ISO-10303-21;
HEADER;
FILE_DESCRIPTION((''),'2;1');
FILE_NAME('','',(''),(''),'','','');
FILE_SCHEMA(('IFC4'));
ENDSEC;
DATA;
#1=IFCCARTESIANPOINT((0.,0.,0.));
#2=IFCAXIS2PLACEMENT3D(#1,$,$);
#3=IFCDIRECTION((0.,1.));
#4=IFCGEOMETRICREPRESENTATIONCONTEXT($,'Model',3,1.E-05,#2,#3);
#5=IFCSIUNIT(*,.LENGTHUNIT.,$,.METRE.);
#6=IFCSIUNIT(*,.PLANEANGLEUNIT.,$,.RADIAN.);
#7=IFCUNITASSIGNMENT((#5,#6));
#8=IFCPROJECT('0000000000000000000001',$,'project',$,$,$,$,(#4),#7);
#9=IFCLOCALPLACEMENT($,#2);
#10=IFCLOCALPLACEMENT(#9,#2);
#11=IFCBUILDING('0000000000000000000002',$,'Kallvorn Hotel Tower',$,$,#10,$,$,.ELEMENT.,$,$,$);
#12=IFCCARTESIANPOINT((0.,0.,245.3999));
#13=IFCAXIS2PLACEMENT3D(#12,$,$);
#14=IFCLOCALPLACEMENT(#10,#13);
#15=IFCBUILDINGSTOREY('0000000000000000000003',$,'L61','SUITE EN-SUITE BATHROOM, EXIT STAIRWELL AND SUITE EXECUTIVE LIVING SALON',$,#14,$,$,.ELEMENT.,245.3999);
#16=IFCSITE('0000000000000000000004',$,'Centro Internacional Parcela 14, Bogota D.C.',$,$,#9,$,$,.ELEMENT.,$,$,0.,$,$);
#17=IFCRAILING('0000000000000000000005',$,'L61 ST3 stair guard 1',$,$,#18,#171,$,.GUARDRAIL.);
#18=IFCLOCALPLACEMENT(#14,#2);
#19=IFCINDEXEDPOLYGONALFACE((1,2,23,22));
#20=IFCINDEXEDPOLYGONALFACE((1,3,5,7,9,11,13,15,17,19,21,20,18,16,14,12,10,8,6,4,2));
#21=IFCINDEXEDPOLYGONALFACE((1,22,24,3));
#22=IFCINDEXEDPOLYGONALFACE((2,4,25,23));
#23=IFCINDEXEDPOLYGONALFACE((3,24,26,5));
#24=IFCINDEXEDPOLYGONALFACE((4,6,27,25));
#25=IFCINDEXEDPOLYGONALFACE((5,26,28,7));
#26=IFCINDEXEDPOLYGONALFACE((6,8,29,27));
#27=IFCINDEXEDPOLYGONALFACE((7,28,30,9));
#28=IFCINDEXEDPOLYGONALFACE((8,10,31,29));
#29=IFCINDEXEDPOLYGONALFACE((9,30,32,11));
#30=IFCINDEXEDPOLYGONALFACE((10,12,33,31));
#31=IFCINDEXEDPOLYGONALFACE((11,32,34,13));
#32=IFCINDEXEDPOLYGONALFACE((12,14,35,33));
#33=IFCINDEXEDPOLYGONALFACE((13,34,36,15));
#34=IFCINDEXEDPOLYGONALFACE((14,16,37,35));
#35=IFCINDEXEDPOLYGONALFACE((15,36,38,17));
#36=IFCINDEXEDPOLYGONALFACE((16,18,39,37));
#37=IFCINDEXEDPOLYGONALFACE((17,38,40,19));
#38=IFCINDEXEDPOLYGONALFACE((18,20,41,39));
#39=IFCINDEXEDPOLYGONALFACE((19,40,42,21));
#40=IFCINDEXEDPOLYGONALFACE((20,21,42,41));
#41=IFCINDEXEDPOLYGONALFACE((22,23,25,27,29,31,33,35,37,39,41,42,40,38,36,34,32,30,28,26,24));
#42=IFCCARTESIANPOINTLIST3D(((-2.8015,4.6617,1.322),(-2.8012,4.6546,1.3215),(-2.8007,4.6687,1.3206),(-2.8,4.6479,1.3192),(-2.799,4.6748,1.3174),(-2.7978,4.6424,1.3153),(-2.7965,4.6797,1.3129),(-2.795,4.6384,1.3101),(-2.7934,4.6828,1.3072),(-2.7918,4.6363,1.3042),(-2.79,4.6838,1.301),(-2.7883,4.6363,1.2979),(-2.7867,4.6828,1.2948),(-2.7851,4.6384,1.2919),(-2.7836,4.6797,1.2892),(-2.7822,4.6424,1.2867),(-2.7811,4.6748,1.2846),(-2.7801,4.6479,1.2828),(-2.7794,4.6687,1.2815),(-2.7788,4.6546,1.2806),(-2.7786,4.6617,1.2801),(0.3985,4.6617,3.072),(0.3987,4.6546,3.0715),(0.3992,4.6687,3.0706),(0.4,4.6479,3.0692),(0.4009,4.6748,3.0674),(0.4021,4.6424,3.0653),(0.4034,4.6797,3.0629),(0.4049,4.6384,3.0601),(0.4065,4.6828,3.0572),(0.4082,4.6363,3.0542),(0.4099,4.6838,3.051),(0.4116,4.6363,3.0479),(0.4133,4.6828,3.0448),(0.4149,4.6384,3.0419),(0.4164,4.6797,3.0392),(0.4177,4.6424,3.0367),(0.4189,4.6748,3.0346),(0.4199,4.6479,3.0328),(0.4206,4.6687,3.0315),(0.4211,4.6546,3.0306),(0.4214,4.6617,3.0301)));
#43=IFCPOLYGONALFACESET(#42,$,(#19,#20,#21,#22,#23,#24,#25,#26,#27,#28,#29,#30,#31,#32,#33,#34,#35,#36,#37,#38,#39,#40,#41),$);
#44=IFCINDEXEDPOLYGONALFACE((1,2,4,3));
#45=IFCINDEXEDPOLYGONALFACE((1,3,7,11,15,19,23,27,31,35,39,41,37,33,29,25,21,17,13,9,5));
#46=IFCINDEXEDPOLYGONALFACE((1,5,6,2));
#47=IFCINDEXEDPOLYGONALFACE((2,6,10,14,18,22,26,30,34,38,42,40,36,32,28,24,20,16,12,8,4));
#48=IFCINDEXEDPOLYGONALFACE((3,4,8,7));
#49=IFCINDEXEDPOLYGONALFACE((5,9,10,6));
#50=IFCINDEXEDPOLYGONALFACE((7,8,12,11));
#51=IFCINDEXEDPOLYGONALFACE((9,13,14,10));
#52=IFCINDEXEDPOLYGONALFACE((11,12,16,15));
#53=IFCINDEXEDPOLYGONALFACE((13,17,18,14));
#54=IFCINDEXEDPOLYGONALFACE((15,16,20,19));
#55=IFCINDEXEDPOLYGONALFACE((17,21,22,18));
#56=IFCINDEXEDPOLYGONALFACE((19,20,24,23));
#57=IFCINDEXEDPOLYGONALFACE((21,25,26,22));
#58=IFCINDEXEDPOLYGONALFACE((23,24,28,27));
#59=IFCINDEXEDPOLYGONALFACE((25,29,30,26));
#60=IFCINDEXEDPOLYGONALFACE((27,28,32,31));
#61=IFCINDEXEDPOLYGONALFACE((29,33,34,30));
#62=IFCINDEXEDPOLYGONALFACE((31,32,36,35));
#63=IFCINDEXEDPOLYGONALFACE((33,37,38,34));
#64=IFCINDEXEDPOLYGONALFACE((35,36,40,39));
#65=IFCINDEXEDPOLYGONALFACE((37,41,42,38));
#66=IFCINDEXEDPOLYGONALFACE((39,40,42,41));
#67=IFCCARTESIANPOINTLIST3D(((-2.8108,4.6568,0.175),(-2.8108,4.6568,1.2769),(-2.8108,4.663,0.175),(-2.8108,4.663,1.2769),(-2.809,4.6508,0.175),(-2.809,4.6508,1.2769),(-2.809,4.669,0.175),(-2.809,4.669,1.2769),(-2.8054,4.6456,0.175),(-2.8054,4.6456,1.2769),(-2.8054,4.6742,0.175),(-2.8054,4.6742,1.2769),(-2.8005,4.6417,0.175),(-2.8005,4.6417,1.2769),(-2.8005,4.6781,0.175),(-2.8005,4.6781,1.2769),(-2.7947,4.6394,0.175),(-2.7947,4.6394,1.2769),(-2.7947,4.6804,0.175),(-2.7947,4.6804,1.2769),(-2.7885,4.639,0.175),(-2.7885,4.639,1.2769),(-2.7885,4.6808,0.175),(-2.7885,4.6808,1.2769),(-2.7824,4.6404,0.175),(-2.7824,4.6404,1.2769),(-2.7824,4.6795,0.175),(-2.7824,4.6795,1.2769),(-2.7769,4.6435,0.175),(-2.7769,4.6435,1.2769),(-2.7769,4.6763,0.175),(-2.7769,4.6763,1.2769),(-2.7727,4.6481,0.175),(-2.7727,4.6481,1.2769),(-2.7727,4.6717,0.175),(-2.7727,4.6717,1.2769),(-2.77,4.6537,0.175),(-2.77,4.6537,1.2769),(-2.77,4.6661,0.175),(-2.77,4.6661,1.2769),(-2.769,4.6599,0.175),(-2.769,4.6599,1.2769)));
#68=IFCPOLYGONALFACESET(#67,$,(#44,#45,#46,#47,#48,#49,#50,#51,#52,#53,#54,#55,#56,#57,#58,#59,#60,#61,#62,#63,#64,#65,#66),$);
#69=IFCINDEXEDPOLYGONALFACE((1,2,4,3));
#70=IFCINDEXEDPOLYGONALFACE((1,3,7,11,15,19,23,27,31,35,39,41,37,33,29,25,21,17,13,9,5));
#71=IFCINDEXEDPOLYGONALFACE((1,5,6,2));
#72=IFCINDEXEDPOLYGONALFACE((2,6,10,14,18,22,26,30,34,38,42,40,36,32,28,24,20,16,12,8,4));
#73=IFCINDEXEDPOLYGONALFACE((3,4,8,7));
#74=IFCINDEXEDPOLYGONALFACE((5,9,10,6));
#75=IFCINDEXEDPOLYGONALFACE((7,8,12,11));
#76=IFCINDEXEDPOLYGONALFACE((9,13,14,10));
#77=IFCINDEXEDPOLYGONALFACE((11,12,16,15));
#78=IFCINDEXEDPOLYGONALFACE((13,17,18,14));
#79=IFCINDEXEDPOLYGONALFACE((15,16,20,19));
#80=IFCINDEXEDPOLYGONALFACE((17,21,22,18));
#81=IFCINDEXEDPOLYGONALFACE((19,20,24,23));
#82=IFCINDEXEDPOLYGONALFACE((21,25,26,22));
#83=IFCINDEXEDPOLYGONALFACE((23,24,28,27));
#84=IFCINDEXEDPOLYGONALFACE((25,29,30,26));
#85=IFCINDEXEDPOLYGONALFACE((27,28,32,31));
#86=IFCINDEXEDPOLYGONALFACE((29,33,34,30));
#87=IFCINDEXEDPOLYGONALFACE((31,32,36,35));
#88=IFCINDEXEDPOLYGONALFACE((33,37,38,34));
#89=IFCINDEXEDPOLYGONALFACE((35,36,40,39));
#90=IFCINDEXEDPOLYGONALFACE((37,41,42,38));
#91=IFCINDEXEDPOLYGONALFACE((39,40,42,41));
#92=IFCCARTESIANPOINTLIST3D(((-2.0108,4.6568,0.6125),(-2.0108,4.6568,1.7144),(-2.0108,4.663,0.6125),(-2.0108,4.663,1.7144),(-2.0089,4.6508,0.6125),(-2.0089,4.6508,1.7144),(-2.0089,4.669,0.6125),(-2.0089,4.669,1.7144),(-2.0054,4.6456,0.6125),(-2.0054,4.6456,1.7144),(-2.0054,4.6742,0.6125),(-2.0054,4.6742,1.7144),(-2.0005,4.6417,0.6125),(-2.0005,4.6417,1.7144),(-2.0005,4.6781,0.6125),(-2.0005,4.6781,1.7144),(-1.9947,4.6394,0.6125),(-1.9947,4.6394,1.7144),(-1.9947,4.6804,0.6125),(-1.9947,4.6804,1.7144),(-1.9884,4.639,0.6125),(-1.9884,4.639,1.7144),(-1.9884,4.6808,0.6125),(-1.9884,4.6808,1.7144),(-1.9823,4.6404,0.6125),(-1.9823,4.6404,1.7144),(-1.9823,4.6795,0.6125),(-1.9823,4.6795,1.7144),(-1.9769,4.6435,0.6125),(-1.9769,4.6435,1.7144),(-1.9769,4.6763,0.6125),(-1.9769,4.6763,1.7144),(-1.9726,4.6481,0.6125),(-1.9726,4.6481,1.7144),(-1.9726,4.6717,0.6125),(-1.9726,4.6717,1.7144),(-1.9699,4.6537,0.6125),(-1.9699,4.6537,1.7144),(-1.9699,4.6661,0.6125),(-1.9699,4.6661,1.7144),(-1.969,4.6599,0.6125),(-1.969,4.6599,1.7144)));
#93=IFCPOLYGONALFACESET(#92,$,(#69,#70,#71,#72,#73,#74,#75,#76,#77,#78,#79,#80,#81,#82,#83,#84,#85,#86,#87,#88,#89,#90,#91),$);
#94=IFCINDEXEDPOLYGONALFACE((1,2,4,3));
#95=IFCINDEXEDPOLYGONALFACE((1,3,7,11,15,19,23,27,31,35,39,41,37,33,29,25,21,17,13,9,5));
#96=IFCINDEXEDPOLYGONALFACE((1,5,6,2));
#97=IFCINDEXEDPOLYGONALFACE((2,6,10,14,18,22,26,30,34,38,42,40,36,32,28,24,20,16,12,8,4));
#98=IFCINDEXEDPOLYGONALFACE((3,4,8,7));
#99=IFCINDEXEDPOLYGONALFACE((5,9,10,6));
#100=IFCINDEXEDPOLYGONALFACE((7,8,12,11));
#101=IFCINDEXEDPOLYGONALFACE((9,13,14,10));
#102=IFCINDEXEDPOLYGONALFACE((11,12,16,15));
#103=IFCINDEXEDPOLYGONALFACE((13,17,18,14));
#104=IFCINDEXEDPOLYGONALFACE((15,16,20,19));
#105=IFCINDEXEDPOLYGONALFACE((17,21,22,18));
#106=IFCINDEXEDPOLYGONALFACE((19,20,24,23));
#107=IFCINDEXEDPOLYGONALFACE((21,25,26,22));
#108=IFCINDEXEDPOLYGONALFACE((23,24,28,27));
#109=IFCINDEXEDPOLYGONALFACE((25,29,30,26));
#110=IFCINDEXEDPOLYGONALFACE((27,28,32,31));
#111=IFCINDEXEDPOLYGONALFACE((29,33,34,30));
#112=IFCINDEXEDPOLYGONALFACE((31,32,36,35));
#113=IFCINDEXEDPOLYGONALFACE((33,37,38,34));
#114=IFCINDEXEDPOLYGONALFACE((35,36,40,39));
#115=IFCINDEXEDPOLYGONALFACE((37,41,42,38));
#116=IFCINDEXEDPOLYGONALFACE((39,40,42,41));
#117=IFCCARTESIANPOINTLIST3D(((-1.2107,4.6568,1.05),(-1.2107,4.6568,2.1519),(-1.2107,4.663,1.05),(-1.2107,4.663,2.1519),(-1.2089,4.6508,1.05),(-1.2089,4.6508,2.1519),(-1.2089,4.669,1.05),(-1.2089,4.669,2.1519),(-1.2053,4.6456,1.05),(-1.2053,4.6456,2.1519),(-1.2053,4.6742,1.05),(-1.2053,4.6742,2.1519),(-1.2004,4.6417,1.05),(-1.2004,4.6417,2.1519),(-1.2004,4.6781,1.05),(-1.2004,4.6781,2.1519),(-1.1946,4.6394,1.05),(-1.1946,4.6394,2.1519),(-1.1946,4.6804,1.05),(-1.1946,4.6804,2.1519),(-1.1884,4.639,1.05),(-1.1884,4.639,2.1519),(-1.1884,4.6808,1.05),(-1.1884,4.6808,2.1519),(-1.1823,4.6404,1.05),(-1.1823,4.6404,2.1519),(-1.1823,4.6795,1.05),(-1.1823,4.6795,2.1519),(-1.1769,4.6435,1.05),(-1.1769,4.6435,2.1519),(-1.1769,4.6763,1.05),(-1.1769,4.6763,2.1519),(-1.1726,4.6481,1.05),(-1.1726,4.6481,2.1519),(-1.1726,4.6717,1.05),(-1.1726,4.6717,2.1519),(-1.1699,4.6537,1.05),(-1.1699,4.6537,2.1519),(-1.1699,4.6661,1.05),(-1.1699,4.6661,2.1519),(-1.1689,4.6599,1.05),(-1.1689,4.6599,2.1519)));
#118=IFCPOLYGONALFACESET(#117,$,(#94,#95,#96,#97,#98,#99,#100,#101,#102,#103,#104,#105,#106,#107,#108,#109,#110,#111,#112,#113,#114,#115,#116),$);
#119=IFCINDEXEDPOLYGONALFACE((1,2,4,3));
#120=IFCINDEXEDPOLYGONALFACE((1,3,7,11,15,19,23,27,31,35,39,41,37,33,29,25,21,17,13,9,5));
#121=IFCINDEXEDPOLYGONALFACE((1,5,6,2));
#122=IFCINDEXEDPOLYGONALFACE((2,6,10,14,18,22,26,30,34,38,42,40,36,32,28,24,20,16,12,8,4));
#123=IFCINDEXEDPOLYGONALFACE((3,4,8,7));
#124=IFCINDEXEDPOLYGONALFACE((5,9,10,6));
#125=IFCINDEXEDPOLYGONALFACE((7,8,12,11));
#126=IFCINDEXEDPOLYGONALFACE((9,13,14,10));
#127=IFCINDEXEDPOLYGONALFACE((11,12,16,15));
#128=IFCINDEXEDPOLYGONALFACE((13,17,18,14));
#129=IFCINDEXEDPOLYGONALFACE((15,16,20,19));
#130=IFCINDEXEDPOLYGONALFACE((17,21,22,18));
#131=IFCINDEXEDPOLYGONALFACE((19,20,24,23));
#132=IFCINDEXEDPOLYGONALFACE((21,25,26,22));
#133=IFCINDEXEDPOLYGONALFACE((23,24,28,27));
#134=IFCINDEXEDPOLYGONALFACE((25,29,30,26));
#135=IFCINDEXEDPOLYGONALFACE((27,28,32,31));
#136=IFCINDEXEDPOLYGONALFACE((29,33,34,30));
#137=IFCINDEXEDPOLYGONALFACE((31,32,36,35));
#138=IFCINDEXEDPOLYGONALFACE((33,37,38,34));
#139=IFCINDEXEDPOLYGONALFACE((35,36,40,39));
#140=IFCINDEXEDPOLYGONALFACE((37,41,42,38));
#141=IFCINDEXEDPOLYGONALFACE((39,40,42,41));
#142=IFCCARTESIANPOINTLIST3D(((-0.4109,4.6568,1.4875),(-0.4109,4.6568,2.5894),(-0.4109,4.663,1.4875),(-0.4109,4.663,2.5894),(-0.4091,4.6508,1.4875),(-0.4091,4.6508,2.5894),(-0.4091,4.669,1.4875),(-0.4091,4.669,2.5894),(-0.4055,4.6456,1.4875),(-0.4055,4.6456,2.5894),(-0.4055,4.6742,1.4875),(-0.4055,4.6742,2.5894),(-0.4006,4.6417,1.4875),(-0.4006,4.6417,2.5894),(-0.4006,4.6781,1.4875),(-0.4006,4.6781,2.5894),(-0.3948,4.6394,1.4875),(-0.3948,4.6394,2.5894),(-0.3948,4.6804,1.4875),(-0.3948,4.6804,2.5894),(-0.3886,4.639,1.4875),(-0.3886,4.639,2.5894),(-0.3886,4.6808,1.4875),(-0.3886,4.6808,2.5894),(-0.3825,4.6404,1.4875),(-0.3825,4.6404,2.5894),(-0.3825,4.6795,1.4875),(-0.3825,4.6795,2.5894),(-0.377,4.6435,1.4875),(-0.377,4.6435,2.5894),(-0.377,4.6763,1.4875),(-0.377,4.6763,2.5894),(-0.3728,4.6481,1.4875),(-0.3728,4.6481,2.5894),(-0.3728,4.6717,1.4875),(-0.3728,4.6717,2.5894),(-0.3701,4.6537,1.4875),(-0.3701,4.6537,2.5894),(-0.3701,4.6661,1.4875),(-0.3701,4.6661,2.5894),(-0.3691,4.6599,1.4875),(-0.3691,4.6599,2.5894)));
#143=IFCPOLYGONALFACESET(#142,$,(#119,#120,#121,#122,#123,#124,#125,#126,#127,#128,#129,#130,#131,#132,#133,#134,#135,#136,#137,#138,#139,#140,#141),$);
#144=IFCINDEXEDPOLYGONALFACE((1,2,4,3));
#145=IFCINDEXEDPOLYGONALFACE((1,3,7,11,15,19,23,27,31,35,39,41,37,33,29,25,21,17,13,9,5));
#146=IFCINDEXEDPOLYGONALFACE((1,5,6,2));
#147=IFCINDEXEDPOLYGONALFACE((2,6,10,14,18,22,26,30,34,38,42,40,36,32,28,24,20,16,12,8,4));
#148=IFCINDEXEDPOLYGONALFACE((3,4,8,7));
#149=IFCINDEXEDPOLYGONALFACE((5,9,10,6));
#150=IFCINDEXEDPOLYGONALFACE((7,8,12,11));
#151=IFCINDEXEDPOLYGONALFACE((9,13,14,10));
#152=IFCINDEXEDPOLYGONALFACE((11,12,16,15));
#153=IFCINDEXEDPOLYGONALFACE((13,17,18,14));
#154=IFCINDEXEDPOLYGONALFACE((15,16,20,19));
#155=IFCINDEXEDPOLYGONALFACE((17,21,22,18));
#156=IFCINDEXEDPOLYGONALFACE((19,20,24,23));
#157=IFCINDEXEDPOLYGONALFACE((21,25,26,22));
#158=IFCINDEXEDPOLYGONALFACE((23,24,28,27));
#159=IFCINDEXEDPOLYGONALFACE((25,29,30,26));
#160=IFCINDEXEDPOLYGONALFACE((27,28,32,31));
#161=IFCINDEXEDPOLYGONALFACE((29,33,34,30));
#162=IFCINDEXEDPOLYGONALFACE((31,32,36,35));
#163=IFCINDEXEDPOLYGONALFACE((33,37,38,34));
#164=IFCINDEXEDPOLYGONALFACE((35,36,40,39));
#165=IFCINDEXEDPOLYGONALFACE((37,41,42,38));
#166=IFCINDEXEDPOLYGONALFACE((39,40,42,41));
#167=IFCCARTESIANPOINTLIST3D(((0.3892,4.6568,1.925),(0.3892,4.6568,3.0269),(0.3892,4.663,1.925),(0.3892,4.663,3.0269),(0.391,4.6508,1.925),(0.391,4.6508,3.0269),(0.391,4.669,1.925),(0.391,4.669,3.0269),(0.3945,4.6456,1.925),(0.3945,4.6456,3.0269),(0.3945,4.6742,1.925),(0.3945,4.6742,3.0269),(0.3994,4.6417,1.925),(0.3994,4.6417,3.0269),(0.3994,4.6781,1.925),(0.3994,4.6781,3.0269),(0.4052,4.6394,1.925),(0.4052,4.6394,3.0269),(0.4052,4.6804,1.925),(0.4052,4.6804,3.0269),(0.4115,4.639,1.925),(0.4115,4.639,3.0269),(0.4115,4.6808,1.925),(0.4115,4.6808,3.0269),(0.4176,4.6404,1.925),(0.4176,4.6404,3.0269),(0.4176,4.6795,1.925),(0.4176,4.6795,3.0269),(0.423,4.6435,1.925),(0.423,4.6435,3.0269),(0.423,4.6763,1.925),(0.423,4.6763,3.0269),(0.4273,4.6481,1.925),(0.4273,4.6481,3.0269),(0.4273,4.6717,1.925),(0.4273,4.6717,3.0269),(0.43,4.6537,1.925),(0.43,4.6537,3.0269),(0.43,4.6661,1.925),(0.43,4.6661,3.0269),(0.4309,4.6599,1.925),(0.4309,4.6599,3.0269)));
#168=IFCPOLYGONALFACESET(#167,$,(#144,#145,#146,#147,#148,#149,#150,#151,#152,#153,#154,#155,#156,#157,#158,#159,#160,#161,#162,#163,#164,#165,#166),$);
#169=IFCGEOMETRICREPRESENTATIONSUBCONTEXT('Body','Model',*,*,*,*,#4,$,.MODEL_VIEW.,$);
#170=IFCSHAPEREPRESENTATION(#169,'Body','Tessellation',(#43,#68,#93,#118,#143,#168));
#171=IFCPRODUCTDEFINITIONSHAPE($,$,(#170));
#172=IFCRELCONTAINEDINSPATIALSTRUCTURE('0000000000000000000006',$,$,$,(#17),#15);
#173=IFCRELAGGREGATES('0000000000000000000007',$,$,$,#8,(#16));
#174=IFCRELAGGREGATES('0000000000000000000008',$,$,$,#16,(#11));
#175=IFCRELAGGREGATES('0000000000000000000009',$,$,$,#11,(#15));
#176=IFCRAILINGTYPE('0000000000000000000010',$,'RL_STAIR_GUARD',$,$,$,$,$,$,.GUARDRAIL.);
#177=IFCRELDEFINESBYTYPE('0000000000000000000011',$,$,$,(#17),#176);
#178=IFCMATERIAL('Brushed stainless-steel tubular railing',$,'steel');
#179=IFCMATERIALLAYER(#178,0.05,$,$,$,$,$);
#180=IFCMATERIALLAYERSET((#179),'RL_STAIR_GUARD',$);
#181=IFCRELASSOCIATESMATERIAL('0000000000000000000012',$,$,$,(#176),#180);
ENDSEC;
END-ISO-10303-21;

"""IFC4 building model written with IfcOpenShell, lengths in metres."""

from ifc_helpers import new_model, si_unit, direction, frame, origin, origin_2d, place, context, subcontext, project, spatial, circle, extrude, material, layer, layer_set, type_object, element, save


model = new_model("IFC4")

# Units and contexts
model_context = context("Model", 3, precision=1e-05, world=origin(), true_north=direction((0.0, 1.0)))
body_context = subcontext(model_context, "Body", "Model", "MODEL_VIEW")
ifc_project = project(units=[si_unit("LENGTHUNIT", "METRE"), si_unit("PLANEANGLEUNIT", "RADIAN")], contexts=[model_context])

# Site, building, storey
site_placement = place(None, origin())
site = spatial("IfcSite", under=ifc_project, at=site_placement, Name="Centro Internacional Parcela 14, Bogota D.C.", CompositionType="ELEMENT", RefElevation=0.0)
building_placement = place(site_placement, origin())
building = spatial("IfcBuilding", under=site, at=building_placement, Name="Kallvorn Hotel Tower", CompositionType="ELEMENT")
storey_placement = place(building_placement, frame((0.0, 0.0, 245.3999)))
storey = spatial("IfcBuildingStorey", under=building, at=storey_placement, Name="L61", Description="SUITE EN-SUITE BATHROOM, EXIT STAIRWELL AND SUITE EXECUTIVE LIVING SALON", CompositionType="ELEMENT", Elevation=245.3999)

# Railing
ifc_material_1 = material(Name="Brushed stainless-steel tubular railing", Category="steel")
ifc_layer_1 = layer(ifc_material_1, 0.05)
ifc_layer_set_1 = layer_set([ifc_layer_1], Name="RL_STAIR_GUARD")
railing_type_1 = type_object("IfcRailingType", Name="RL_STAIR_GUARD", PredefinedType="GUARDRAIL", material=ifc_layer_set_1)
railing_1_placement = place(storey_placement, frame((-2.79, 4.6599, 0.175)))
element("IfcRailing", 1, at=railing_1_placement, inside=storey, type_object=railing_type_1, Name="L61 ST3 stair guard 1", PredefinedType="GUARDRAIL", context=body_context, shape_type="SweptSolid", body=[
    extrude(circle(Radius=0.0239, at=origin_2d()), frame((0.0, 0.0, 1.126), z_axis=(0.877368, 0.0, 0.479818), x_axis=(0.0, 1.0, 0.0)), (0.0, 0.0, 1.0), 3.6472),
    extrude(circle(Radius=0.021, at=origin_2d()), origin(), (0.0, 0.0, 1.0), 1.1018),
    extrude(circle(Radius=0.021, at=origin_2d()), frame((0.8, 0.0, 0.4375)), (0.0, 0.0, 1.0), 1.1018),
    extrude(circle(Radius=0.021, at=origin_2d()), frame((1.6001, 0.0, 0.875)), (0.0, 0.0, 1.0), 1.1018),
    extrude(circle(Radius=0.021, at=origin_2d()), frame((2.3999, 0.0, 1.3125)), (0.0, 0.0, 1.0), 1.1018),
    extrude(circle(Radius=0.021, at=origin_2d()), frame((3.2, 0.0, 1.75)), (0.0, 0.0, 1.0), 1.1018),
])

save(model, "model.ifc")
